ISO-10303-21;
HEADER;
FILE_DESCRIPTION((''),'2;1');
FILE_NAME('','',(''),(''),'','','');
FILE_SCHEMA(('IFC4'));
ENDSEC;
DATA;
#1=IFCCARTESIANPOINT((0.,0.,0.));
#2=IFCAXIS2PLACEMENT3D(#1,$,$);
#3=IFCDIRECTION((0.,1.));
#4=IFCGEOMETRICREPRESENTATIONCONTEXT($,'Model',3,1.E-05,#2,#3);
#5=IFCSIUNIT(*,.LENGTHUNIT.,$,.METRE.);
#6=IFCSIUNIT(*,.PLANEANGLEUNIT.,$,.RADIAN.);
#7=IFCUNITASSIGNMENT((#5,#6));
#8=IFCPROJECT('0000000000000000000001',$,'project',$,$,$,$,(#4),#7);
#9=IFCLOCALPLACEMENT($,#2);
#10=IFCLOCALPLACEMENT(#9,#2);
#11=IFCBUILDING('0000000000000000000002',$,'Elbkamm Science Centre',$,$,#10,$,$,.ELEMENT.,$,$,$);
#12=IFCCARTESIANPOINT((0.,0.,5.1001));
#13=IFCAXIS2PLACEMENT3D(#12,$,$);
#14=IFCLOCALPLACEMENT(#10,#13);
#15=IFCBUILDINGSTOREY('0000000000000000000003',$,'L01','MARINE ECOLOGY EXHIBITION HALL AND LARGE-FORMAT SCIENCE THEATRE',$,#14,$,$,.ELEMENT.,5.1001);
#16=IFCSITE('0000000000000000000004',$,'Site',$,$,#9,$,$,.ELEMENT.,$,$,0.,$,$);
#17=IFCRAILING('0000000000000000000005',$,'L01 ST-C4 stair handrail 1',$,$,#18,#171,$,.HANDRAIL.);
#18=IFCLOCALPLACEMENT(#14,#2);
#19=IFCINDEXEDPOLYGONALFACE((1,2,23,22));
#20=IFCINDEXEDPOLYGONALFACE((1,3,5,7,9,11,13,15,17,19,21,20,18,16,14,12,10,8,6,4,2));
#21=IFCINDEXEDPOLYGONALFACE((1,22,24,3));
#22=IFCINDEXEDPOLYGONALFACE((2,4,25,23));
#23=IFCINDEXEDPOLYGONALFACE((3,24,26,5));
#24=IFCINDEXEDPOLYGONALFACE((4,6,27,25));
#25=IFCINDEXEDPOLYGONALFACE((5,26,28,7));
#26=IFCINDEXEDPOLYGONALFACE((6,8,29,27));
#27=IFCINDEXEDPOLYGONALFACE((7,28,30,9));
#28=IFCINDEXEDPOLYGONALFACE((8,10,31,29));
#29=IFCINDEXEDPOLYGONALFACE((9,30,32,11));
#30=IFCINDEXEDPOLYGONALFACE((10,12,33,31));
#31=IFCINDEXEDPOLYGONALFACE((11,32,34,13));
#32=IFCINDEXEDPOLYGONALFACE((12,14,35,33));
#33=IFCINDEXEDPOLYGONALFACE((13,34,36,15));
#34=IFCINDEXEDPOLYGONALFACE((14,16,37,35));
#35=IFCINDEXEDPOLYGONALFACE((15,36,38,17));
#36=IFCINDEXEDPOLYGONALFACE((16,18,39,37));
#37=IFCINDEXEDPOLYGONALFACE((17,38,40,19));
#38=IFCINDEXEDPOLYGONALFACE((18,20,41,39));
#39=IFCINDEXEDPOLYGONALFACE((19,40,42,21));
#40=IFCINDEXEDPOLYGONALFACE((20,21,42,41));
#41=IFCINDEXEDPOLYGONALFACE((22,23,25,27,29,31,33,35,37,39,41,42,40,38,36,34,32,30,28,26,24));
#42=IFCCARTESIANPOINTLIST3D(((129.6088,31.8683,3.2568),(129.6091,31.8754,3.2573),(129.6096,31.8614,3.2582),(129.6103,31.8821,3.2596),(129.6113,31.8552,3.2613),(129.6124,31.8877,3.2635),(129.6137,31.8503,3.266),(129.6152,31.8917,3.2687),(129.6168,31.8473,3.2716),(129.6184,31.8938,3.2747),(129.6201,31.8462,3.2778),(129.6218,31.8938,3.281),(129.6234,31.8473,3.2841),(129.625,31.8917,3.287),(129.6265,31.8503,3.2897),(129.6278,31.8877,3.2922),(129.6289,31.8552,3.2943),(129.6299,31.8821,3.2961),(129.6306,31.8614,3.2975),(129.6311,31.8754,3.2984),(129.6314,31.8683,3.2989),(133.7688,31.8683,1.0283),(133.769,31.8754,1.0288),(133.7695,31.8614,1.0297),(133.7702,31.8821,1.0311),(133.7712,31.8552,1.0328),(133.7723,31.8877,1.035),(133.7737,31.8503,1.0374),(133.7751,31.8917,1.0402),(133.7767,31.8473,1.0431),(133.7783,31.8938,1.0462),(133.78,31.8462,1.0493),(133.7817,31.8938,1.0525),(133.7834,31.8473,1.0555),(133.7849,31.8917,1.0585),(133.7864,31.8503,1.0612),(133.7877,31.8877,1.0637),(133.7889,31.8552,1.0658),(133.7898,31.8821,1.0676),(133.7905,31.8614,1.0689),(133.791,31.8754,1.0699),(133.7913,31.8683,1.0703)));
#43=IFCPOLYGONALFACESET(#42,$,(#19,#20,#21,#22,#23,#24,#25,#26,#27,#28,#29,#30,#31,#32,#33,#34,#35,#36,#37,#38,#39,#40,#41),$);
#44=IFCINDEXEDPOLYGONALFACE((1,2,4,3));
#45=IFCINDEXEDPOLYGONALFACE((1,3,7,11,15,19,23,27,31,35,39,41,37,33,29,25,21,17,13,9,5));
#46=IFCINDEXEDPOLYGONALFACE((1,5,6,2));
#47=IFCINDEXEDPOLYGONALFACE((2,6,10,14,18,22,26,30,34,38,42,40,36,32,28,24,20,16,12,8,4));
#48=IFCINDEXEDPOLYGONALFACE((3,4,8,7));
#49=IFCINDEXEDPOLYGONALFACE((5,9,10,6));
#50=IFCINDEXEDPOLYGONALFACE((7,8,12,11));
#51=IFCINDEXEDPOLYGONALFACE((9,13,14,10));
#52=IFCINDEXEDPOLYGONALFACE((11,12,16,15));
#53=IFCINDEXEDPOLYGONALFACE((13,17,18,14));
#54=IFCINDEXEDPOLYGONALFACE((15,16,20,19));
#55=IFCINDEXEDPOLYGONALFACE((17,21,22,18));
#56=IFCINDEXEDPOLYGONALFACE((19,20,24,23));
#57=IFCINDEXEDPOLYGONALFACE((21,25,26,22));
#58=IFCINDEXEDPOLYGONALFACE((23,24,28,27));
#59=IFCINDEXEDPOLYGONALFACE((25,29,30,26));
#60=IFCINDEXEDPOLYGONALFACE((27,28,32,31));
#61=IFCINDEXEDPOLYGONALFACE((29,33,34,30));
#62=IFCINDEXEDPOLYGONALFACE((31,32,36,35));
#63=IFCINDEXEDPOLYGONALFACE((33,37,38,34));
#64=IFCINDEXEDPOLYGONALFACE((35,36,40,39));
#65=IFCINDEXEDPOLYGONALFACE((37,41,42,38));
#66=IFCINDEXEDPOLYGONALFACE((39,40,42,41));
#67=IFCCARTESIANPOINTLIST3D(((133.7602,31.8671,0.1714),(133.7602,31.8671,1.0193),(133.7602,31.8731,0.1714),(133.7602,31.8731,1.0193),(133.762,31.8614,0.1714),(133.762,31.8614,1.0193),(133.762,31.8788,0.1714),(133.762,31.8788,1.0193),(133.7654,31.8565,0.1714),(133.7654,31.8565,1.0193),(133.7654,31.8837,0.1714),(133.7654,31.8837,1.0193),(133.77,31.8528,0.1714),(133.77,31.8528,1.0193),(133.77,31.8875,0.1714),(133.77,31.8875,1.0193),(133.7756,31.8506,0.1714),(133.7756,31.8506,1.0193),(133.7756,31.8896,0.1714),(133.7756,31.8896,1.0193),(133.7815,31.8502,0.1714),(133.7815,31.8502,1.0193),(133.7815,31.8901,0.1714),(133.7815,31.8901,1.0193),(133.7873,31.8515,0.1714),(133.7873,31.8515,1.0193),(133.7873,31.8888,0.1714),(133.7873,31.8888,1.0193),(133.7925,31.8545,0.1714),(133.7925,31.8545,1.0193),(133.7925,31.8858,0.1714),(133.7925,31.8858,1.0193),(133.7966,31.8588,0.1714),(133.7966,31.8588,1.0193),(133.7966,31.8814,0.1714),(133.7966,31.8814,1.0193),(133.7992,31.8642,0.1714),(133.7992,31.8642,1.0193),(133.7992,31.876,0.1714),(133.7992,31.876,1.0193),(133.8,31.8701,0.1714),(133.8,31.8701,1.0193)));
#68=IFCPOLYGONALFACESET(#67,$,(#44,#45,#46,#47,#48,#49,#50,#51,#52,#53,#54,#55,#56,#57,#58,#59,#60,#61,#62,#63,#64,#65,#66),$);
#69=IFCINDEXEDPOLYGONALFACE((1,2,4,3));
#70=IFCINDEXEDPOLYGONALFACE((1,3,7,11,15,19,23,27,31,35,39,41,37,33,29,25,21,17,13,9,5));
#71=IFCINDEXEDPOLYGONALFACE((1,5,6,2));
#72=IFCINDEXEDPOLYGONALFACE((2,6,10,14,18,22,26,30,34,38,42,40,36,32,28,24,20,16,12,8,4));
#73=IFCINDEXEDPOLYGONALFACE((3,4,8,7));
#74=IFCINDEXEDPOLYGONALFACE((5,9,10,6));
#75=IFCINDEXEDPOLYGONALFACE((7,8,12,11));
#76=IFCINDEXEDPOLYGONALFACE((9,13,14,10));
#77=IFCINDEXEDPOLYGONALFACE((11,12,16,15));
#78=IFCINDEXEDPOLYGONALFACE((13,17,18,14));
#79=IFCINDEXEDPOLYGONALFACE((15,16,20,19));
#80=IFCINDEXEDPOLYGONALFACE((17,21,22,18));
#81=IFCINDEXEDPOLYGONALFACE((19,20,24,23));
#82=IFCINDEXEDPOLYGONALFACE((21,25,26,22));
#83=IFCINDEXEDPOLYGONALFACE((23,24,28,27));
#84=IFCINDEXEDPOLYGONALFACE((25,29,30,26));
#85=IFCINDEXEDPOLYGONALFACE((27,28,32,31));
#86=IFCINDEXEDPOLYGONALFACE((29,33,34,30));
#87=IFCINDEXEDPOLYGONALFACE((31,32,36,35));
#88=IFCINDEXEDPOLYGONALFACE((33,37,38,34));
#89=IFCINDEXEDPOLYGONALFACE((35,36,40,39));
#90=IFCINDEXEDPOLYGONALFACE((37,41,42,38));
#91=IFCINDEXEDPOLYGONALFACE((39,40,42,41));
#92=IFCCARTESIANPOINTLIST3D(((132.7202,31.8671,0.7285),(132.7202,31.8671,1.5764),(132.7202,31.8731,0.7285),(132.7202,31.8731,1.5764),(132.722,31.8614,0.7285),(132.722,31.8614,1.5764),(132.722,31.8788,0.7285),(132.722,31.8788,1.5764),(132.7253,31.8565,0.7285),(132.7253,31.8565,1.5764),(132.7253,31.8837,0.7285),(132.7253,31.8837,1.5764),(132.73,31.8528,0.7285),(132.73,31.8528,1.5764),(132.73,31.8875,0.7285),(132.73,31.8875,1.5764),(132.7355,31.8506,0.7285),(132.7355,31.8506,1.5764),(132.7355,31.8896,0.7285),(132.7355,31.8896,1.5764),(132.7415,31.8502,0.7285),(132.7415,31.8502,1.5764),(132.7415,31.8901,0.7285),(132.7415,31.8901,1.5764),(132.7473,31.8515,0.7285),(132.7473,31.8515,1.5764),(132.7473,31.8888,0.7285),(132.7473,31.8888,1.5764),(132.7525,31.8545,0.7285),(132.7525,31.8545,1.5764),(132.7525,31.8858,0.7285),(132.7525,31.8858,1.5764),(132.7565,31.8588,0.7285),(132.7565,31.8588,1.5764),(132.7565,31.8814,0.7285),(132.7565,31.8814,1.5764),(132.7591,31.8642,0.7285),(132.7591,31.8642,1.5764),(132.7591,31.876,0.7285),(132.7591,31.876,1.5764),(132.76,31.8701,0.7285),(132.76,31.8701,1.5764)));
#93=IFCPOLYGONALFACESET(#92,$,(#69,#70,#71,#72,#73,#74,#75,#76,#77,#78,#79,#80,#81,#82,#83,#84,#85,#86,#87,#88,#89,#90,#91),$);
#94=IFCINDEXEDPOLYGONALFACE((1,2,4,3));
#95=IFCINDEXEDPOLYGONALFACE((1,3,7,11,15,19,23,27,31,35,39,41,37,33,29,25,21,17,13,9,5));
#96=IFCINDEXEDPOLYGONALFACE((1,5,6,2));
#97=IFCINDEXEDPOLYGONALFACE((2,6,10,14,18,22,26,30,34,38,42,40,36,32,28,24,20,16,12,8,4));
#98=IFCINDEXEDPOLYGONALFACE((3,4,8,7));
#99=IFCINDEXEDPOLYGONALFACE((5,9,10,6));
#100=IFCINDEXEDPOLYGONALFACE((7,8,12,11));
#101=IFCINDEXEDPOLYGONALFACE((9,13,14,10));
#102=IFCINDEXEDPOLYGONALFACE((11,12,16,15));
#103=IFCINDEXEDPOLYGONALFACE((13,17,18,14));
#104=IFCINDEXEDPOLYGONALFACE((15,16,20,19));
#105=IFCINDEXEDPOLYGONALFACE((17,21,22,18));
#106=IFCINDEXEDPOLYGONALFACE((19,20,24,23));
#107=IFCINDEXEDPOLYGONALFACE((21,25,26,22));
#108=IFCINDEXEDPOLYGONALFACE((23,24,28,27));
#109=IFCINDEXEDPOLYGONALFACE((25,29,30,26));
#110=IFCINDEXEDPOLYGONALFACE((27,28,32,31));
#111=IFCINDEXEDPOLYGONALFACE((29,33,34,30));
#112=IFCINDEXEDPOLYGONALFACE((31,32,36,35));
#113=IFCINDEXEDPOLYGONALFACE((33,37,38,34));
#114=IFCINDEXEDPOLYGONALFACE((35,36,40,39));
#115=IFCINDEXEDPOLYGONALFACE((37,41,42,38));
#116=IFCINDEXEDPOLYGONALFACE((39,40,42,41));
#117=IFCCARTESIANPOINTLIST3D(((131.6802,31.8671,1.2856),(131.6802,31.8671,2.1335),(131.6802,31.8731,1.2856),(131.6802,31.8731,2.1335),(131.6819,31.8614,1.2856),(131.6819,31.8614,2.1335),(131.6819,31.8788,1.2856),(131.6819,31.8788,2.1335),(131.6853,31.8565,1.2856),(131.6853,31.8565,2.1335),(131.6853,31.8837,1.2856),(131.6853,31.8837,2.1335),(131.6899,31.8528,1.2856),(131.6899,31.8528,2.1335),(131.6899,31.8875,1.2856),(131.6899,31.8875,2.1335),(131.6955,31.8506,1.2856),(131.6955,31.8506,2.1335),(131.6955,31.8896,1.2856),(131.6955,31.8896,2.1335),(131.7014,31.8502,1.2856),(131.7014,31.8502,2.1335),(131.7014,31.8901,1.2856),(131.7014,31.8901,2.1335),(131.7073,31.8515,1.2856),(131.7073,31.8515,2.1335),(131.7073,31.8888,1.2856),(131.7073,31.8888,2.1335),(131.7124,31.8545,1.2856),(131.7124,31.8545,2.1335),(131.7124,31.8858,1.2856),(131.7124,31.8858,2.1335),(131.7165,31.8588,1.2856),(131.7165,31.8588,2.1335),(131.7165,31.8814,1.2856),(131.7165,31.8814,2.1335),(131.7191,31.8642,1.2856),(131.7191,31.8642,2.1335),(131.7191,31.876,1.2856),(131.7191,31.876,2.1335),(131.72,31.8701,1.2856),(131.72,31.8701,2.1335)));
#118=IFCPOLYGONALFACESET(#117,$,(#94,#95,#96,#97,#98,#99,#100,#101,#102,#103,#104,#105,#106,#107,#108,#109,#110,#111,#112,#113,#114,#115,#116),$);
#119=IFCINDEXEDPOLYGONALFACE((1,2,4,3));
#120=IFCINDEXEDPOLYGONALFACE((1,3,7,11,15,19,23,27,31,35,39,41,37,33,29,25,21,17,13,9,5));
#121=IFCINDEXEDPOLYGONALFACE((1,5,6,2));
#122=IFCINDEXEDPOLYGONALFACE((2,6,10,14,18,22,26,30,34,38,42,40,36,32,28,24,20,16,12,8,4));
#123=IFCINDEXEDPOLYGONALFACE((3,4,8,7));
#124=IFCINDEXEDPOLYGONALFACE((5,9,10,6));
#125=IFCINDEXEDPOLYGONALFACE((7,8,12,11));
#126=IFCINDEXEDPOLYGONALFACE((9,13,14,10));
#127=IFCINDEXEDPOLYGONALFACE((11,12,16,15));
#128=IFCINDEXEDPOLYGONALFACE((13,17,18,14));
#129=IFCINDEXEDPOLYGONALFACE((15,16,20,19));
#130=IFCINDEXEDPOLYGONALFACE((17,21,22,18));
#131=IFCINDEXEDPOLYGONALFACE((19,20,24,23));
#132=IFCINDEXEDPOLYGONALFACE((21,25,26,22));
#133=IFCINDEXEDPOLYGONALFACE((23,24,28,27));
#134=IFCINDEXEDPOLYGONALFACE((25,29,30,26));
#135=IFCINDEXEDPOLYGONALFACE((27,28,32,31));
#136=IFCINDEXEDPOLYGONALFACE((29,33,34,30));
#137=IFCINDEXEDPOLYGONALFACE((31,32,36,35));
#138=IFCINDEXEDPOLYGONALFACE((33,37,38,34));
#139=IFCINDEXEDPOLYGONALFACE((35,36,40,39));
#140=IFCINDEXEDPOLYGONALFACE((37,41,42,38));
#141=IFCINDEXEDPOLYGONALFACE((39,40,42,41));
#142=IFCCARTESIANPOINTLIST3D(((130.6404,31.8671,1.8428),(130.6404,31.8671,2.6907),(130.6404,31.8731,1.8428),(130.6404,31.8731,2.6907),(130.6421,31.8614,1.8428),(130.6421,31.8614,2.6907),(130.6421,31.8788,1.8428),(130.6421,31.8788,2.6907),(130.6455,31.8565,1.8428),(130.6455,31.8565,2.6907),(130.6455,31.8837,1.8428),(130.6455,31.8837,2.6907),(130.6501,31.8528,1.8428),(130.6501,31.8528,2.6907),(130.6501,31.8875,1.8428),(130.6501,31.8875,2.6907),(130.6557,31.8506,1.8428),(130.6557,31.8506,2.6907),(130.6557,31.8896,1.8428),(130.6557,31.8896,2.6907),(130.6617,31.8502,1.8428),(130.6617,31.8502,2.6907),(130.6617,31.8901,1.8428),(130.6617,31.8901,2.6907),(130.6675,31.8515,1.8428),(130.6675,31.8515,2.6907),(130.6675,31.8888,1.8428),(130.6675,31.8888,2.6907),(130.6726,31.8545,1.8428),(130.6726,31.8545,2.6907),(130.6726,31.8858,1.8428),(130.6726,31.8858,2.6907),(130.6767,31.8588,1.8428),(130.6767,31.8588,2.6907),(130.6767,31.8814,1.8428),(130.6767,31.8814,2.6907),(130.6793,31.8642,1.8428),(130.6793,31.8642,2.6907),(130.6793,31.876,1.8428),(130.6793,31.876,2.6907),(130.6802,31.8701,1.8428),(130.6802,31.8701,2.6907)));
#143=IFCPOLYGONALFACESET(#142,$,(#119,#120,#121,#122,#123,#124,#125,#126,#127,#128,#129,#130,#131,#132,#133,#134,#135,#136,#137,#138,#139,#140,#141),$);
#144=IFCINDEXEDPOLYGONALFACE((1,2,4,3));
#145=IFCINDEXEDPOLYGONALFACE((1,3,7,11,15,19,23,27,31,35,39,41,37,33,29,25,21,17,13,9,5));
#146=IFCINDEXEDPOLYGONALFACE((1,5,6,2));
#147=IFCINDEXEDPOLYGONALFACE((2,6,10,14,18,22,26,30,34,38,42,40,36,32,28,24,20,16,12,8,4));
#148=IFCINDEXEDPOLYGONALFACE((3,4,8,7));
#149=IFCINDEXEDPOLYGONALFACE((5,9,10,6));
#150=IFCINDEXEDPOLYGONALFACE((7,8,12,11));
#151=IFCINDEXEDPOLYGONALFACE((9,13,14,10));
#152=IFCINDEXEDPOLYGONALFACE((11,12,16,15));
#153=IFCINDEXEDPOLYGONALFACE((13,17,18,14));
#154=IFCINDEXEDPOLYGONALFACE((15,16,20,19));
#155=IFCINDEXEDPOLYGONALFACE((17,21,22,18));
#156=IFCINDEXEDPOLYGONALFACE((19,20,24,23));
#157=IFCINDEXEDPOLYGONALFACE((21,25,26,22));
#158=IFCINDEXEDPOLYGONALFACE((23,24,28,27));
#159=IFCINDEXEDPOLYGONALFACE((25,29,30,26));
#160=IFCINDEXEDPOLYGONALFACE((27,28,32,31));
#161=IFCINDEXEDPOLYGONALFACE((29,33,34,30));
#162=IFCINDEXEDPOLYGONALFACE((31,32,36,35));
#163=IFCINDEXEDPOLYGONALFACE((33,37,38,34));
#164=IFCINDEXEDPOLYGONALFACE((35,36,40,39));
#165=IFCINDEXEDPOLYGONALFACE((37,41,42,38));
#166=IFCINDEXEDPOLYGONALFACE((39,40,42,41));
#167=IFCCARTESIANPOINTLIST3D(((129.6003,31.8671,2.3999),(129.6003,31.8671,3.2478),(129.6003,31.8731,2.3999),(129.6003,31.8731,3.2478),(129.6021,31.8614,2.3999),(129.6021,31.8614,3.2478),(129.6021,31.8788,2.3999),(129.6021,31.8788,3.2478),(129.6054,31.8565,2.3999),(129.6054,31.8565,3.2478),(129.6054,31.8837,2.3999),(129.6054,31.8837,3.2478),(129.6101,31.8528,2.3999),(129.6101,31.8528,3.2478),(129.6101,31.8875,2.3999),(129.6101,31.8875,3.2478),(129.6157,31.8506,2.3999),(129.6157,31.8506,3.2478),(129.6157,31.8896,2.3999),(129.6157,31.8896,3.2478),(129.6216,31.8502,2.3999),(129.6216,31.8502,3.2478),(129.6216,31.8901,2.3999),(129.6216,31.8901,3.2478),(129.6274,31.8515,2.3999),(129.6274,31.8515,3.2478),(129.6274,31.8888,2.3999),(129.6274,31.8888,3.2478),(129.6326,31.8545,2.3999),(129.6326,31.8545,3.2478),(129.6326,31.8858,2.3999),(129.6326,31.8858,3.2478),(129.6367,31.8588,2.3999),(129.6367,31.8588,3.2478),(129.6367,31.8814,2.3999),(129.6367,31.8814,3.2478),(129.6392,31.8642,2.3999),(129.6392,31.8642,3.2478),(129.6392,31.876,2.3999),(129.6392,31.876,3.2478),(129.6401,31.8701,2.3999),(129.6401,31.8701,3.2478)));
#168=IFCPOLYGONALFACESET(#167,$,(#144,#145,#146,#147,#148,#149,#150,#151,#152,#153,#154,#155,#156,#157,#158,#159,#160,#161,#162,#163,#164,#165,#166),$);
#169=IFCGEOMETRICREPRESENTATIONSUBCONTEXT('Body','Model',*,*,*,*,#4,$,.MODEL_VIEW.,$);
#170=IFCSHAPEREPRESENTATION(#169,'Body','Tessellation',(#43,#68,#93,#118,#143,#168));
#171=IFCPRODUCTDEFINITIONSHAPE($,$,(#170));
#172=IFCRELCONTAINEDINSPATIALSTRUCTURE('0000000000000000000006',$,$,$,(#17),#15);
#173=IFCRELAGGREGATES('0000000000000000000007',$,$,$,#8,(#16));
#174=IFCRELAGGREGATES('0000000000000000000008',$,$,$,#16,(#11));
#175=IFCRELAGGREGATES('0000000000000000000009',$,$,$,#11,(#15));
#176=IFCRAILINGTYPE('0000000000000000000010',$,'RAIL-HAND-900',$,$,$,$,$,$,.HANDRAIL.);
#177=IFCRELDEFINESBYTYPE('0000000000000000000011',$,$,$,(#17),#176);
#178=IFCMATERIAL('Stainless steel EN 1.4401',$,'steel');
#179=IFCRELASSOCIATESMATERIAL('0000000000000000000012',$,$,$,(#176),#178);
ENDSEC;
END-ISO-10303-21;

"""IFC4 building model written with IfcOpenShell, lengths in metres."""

from ifc_helpers import new_model, si_unit, direction, frame, origin, origin_2d, place, context, subcontext, project, spatial, circle, extrude, material, type_object, element, save


model = new_model("IFC4")

# Units and contexts
model_context = context("Model", 3, precision=1e-05, world=origin(), true_north=direction((0.0, 1.0)))
body_context = subcontext(model_context, "Body", "Model", "MODEL_VIEW")
ifc_project = project(units=[si_unit("LENGTHUNIT", "METRE"), si_unit("PLANEANGLEUNIT", "RADIAN")], contexts=[model_context])

# Site, building, storey
site_placement = place(None, origin())
site = spatial("IfcSite", under=ifc_project, at=site_placement, Name="Site", CompositionType="ELEMENT", RefElevation=0.0)
building_placement = place(site_placement, origin())
building = spatial("IfcBuilding", under=site, at=building_placement, Name="Elbkamm Science Centre", CompositionType="ELEMENT")
storey_placement = place(building_placement, frame((0.0, 0.0, 5.1001)))
storey = spatial("IfcBuildingStorey", under=building, at=storey_placement, Name="L01", Description="MARINE ECOLOGY EXHIBITION HALL AND LARGE-FORMAT SCIENCE THEATRE", CompositionType="ELEMENT", Elevation=5.1001)

# Railing
ifc_material_1 = material(Name="Stainless steel EN 1.4401", Category="steel")
railing_type_1 = type_object("IfcRailingType", Name="RAIL-HAND-900", PredefinedType="HANDRAIL", material=ifc_material_1)
railing_1_placement = place(storey_placement, frame((133.78, 31.8701, 0.1714)))
element("IfcRailing", 1, at=railing_1_placement, inside=storey, type_object=railing_type_1, Name="L01 ST-C4 stair handrail 1", PredefinedType="HANDRAIL", context=body_context, shape_type="SweptSolid", body=[
    extrude(circle(Radius=0.0239, at=origin_2d()), frame((0.0, 0.0, 0.8779), z_axis=(-0.881481, 0.0, 0.47222), x_axis=(0.0, -1.0, 0.0)), (0.0, 0.0, 1.0), 4.7192),
    extrude(circle(Radius=0.02, at=origin_2d()), origin(), (0.0, 0.0, 1.0), 0.8479),
    extrude(circle(Radius=0.02, at=origin_2d()), frame((-1.04, 0.0, 0.5571)), (0.0, 0.0, 1.0), 0.8479),
    extrude(circle(Radius=0.02, at=origin_2d()), frame((-2.0801, 0.0, 1.1143)), (0.0, 0.0, 1.0), 0.8479),
    extrude(circle(Radius=0.02, at=origin_2d()), frame((-3.1199, 0.0, 1.6714)), (0.0, 0.0, 1.0), 0.8479),
    extrude(circle(Radius=0.02, at=origin_2d()), frame((-4.1599, 0.0, 2.2285)), (0.0, 0.0, 1.0), 0.8479),
])

save(model, "model.ifc")
